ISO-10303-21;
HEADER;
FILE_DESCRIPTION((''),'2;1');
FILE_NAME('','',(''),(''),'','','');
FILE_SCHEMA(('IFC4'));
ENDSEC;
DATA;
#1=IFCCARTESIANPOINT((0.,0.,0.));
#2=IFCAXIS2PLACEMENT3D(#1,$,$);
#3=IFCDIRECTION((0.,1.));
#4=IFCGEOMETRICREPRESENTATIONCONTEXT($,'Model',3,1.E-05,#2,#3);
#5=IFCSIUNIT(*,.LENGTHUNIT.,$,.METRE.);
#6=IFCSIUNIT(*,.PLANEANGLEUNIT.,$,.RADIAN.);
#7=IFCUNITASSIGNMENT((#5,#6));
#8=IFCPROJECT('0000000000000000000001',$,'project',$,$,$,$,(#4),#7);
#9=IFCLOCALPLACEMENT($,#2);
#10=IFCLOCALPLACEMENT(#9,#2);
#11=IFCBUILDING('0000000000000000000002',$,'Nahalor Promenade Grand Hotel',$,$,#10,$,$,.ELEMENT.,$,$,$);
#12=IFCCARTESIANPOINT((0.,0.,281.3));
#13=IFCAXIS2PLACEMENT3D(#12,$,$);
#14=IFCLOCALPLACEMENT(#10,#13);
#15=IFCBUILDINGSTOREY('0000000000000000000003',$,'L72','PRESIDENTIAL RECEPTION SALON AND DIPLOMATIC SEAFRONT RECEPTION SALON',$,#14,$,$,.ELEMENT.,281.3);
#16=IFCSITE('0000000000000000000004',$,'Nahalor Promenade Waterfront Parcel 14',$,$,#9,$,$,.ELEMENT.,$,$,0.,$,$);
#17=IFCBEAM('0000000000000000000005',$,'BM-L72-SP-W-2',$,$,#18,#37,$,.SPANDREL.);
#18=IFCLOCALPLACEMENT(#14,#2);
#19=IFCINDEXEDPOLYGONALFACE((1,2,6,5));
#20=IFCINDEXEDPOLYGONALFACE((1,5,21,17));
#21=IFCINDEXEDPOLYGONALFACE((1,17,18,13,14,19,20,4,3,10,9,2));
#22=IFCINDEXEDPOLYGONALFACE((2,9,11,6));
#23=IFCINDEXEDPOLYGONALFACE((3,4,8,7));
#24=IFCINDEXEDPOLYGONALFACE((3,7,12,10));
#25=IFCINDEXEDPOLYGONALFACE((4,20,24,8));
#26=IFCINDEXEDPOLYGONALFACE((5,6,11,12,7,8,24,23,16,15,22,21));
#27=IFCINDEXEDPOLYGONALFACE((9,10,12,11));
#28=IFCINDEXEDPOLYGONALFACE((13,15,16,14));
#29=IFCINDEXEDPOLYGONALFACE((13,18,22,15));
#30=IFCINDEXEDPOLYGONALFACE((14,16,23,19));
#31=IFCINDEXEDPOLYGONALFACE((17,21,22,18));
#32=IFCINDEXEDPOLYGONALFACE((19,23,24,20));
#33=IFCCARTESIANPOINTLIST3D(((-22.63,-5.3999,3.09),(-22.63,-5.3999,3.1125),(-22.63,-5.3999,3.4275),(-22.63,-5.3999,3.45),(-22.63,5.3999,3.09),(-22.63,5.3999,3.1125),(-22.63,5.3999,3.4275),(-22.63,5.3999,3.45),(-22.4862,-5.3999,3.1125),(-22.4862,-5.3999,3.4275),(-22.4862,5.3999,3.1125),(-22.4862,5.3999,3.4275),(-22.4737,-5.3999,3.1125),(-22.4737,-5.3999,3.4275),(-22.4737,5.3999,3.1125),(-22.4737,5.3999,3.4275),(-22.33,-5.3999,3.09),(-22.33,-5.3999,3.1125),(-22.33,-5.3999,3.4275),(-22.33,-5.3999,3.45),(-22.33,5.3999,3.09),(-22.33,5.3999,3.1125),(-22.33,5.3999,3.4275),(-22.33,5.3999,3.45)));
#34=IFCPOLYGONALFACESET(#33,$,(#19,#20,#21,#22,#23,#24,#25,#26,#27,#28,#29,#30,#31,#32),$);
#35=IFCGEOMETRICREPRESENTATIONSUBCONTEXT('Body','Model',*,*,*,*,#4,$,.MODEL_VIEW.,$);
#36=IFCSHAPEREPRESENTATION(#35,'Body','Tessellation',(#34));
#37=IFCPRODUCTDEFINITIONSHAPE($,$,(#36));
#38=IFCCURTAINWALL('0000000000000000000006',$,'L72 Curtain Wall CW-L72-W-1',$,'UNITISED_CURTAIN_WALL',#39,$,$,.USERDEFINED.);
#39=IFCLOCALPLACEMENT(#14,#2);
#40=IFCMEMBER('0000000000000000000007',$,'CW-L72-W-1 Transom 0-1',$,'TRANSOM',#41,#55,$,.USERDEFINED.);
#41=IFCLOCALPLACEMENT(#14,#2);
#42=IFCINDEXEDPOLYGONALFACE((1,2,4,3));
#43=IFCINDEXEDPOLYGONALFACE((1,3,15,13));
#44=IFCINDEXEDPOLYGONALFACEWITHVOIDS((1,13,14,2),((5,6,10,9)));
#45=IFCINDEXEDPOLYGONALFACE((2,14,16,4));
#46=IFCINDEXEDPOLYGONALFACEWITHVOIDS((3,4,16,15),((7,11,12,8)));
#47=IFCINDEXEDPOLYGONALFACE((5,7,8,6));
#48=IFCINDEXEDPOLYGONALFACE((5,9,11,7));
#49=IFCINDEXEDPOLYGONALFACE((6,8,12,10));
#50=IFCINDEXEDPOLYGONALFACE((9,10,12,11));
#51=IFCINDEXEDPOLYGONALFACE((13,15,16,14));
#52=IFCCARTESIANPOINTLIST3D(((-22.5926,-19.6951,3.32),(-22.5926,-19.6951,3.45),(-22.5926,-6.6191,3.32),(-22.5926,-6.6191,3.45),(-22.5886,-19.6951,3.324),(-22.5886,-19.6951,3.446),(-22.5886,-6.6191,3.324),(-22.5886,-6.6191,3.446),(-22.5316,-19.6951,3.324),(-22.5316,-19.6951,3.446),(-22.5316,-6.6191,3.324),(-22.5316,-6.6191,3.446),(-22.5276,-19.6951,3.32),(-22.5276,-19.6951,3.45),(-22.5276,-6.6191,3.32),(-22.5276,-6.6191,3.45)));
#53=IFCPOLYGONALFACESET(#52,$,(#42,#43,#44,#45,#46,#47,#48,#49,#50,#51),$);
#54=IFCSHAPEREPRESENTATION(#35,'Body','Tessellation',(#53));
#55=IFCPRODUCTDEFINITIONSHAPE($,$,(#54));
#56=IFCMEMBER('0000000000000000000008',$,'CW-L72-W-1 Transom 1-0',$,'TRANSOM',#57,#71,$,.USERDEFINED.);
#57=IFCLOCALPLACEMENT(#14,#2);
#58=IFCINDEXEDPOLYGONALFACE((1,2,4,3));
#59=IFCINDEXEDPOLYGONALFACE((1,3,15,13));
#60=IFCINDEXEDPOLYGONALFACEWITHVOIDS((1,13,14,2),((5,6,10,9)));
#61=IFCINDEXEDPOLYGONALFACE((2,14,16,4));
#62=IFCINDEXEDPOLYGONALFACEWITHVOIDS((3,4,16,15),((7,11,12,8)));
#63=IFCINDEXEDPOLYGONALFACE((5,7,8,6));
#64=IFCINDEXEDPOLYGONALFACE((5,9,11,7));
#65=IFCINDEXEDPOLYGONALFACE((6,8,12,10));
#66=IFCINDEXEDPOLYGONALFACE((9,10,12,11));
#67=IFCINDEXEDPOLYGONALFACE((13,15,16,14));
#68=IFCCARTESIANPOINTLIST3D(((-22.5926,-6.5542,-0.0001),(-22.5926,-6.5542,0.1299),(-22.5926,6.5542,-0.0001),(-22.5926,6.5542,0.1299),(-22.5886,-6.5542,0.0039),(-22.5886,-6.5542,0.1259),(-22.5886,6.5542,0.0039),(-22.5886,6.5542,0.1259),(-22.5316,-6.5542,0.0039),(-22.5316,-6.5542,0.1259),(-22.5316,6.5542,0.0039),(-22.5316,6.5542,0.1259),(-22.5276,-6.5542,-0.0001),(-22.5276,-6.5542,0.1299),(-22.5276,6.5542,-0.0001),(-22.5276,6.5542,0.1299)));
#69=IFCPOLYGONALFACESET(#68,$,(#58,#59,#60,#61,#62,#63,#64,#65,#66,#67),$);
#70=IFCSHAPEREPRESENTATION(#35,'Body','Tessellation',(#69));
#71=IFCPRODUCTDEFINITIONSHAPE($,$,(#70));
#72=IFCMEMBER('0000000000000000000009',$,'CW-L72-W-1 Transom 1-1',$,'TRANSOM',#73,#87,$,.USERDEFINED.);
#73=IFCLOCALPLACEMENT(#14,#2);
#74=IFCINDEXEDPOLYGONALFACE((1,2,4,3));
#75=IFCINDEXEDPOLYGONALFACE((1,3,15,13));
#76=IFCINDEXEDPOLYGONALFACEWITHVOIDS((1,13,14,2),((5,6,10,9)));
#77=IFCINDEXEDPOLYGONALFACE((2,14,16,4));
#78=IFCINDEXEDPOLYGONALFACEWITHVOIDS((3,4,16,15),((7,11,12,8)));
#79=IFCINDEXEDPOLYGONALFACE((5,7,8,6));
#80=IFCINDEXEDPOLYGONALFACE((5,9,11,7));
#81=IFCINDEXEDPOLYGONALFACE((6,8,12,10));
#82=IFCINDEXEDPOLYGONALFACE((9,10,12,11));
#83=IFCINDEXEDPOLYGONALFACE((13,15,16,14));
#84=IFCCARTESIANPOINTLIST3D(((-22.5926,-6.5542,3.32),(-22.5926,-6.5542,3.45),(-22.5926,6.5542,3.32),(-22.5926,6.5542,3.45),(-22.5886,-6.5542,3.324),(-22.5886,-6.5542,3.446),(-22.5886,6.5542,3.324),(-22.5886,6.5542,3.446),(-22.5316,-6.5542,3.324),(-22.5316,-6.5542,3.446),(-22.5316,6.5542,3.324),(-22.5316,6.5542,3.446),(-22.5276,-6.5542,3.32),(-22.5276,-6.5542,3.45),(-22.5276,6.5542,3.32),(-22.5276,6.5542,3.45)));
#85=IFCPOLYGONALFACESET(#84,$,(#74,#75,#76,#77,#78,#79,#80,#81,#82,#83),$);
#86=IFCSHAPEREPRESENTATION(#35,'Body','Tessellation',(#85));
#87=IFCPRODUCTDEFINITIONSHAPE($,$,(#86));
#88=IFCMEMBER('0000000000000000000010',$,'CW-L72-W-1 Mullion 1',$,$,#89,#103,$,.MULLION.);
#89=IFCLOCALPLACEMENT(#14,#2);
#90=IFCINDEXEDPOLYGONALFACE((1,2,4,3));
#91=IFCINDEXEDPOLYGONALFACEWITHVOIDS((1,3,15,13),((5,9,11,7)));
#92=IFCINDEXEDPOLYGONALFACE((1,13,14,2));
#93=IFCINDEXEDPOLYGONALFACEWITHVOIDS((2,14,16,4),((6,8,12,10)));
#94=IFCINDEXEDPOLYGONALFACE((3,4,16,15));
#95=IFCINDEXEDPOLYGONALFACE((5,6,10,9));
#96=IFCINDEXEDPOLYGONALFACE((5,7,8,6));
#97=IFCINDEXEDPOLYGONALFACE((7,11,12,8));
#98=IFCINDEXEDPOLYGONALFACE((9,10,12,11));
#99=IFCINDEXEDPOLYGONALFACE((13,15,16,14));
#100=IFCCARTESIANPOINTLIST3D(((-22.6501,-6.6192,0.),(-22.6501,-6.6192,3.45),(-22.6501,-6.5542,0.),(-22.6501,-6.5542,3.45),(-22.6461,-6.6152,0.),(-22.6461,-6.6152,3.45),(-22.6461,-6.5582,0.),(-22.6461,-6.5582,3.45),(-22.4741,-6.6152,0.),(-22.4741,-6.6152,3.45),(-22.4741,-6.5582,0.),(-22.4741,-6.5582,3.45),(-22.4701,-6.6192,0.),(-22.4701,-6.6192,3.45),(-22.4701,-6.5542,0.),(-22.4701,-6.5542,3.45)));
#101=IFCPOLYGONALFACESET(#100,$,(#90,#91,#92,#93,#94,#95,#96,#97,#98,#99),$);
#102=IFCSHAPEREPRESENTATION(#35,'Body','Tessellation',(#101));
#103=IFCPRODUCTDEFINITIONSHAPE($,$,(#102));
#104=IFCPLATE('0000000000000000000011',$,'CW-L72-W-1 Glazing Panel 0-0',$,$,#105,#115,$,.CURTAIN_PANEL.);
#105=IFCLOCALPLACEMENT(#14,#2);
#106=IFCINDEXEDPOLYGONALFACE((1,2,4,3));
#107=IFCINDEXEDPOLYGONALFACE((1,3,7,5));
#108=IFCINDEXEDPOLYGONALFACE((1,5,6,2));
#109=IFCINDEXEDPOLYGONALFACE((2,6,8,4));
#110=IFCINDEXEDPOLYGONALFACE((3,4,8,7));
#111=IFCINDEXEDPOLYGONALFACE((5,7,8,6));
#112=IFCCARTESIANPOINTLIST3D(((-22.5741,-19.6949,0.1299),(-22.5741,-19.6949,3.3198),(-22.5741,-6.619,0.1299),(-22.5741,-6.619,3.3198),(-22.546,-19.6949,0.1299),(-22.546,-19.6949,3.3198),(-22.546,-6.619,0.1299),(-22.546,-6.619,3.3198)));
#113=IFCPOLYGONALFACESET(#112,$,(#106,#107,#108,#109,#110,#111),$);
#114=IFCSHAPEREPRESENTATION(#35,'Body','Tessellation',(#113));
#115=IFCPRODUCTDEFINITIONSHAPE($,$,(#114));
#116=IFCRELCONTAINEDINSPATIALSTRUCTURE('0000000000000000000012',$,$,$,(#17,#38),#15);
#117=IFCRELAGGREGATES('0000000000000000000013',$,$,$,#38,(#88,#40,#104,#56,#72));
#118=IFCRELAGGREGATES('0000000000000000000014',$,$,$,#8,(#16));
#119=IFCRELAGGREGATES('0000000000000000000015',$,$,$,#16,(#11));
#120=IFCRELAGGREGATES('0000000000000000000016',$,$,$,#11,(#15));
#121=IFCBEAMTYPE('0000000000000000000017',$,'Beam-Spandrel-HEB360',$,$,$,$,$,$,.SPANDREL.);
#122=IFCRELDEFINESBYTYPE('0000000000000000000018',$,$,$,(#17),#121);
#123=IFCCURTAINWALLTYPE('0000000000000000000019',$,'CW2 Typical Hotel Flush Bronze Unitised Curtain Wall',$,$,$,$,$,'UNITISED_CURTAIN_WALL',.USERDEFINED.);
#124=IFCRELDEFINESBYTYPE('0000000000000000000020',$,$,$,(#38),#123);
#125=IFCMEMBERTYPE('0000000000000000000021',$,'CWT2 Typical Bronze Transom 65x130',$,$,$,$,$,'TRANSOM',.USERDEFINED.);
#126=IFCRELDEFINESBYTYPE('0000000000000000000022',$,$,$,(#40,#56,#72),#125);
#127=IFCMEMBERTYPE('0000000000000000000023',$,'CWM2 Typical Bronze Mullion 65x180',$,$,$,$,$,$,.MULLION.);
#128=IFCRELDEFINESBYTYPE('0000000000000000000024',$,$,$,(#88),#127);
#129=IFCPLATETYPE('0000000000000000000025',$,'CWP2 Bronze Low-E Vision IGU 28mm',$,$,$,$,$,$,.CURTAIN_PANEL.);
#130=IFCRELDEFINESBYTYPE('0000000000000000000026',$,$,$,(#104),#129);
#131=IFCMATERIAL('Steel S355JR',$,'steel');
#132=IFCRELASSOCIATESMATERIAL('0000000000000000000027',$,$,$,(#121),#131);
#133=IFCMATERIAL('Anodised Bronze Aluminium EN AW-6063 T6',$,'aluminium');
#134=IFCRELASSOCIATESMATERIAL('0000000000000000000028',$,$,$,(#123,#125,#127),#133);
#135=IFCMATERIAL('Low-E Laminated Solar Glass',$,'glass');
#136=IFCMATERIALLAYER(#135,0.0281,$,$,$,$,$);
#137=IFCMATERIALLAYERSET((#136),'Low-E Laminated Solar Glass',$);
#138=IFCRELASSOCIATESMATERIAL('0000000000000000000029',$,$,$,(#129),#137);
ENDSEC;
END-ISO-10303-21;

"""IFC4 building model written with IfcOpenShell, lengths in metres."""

from ifc_helpers import new_model, si_unit, direction, frame, origin, origin_2d, place, context, subcontext, project, spatial, rectangle, hollow_rectangle, i_section, extrude, source, transform, mapped, material, layer, layer_set, material_profile, profile_set, type_object, element, aggregate, save


model = new_model("IFC4")

# Units and contexts
model_context = context("Model", 3, precision=1e-05, world=origin(), true_north=direction((0.0, 1.0)))
body_context = subcontext(model_context, "Body", "Model", "MODEL_VIEW")
ifc_project = project(units=[si_unit("LENGTHUNIT", "METRE"), si_unit("PLANEANGLEUNIT", "RADIAN")], contexts=[model_context])

# Site, building, storey
site_placement = place(None, origin())
site = spatial("IfcSite", under=ifc_project, at=site_placement, Name="Nahalor Promenade Waterfront Parcel 14", CompositionType="ELEMENT", RefElevation=0.0)
building_placement = place(site_placement, origin())
building = spatial("IfcBuilding", under=site, at=building_placement, Name="Nahalor Promenade Grand Hotel", CompositionType="ELEMENT")
storey_placement = place(building_placement, frame((0.0, 0.0, 281.3)))
storey = spatial("IfcBuildingStorey", under=building, at=storey_placement, Name="L72", Description="PRESIDENTIAL RECEPTION SALON AND DIPLOMATIC SEAFRONT RECEPTION SALON", CompositionType="ELEMENT", Elevation=281.3)

# Shared definitions
ifc_material_1 = material(Name="Steel S355JR", Category="steel")

# Beam
ifc_material_profile_1 = material_profile(ifc_material_1, i_section(OverallWidth=0.3, OverallDepth=0.36, WebThickness=0.0125, FlangeThickness=0.0225, at=origin_2d()), Name="HEB 360")
ifc_profile_set_1 = profile_set([ifc_material_profile_1], Name="Steel S355JR")
beam_type_1 = type_object("IfcBeamType", Name="Beam-Spandrel-HEB360", PredefinedType="SPANDREL", material=ifc_profile_set_1)
shared_shape_1 = source(origin(), body_context, "Body", "SweptSolid", [
    extrude(i_section(OverallWidth=0.3, OverallDepth=0.36, WebThickness=0.0125, FlangeThickness=0.0225, at=origin_2d()), origin(), (0.0, 0.0, 1.0), 10.7998),
])
beam_1_placement = place(storey_placement, frame((-22.48, -5.3999, 3.27), z_axis=(0.0, 1.0, 0.0), x_axis=(-1.0, 0.0, 0.0)))
element("IfcBeam", 1, at=beam_1_placement, inside=storey, type_object=beam_type_1, Name="BM-L72-SP-W-2", PredefinedType="SPANDREL", context=body_context, shape_type="MappedRepresentation", body=[
    mapped(shared_shape_1, transform((0.0, 0.0, 0.0), scale=1.0)),
])

# Curtain wall, members, plate
ifc_material_2 = material(Name="Anodised Bronze Aluminium EN AW-6063 T6", Category="aluminium")
curtain_wall_type = type_object("IfcCurtainWallType", Name="CW2 Typical Hotel Flush Bronze Unitised Curtain Wall", ElementType="UNITISED_CURTAIN_WALL", PredefinedType="USERDEFINED", material=ifc_material_2)
curtain_wall_placement = place(storey_placement, origin())
curtain_wall = element("IfcCurtainWall", 2, at=curtain_wall_placement, inside=storey, type_object=curtain_wall_type, Name="L72 Curtain Wall CW-L72-W-1", ObjectType="UNITISED_CURTAIN_WALL", PredefinedType="USERDEFINED")
ifc_material_profile_2 = material_profile(ifc_material_2, hollow_rectangle(XDim=0.065, YDim=0.13, WallThickness=0.004, at=origin_2d()), Name="CWT 65x130x4")
ifc_profile_set_2 = profile_set([ifc_material_profile_2], Name="Anodised Bronze Aluminium EN AW-6063 T6")
member_type_1 = type_object("IfcMemberType", Name="CWT2 Typical Bronze Transom 65x130", ElementType="TRANSOM", PredefinedType="USERDEFINED", material=ifc_profile_set_2)
shared_shape_2 = source(origin(), body_context, "Body", "SweptSolid", [
    extrude(hollow_rectangle(XDim=0.065, YDim=0.13, WallThickness=0.004, at=origin_2d()), origin(), (0.0, 0.0, 1.0), 13.0759),
])
member_1_placement = place(storey_placement, frame((-22.5601, -19.6951, 3.385), z_axis=(0.0, 1.0, 0.0), x_axis=(-1.0, 0.0, 0.0)))
member_1 = element("IfcMember", 3, at=member_1_placement, type_object=member_type_1, Name="CW-L72-W-1 Transom 0-1", ObjectType="TRANSOM", PredefinedType="USERDEFINED", context=body_context, shape_type="MappedRepresentation", body=[
    mapped(shared_shape_2, transform((0.0, 0.0, 0.0), scale=1.0)),
])
shared_shape_3 = source(origin(), body_context, "Body", "SweptSolid", [
    extrude(hollow_rectangle(XDim=0.065, YDim=0.13, WallThickness=0.004, at=origin_2d()), origin(), (0.0, 0.0, 1.0), 13.1084),
])
member_2_placement = place(storey_placement, frame((-22.5601, -6.5542, 0.0649), z_axis=(0.0, 1.0, 0.0), x_axis=(-1.0, 0.0, 0.0)))
member_2 = element("IfcMember", 4, at=member_2_placement, type_object=member_type_1, Name="CW-L72-W-1 Transom 1-0", ObjectType="TRANSOM", PredefinedType="USERDEFINED", context=body_context, shape_type="MappedRepresentation", body=[
    mapped(shared_shape_3, transform((0.0, 0.0, 0.0), scale=1.0)),
])
member_3_placement = place(storey_placement, frame((-22.5601, -6.5542, 3.385), z_axis=(0.0, 1.0, 0.0), x_axis=(-1.0, 0.0, 0.0)))
member_3 = element("IfcMember", 5, at=member_3_placement, type_object=member_type_1, Name="CW-L72-W-1 Transom 1-1", ObjectType="TRANSOM", PredefinedType="USERDEFINED", context=body_context, shape_type="MappedRepresentation", body=[
    mapped(shared_shape_3, transform((0.0, 0.0, 0.0), scale=1.0)),
])
ifc_material_profile_3 = material_profile(ifc_material_2, hollow_rectangle(XDim=0.065, YDim=0.18, WallThickness=0.004, at=origin_2d()), Name="CWM 65x180x4")
ifc_profile_set_3 = profile_set([ifc_material_profile_3], Name="Anodised Bronze Aluminium EN AW-6063 T6")
member_type_2 = type_object("IfcMemberType", Name="CWM2 Typical Bronze Mullion 65x180", PredefinedType="MULLION", material=ifc_profile_set_3)
shared_shape_4 = source(origin(), body_context, "Body", "SweptSolid", [
    extrude(hollow_rectangle(XDim=0.065, YDim=0.18, WallThickness=0.004, at=origin_2d()), origin(), (0.0, 0.0, 1.0), 3.45),
])
member_4_placement = place(storey_placement, frame((-22.5601, -6.5867, 0.0), z_axis=(0.0, 0.0, 1.0), x_axis=(0.0, 1.0, 0.0)))
member_4 = element("IfcMember", 6, at=member_4_placement, type_object=member_type_2, Name="CW-L72-W-1 Mullion 1", PredefinedType="MULLION", context=body_context, shape_type="MappedRepresentation", body=[
    mapped(shared_shape_4, transform((0.0, 0.0, 0.0), scale=1.0)),
])
ifc_material_3 = material(Name="Low-E Laminated Solar Glass", Category="glass")
ifc_layer = layer(ifc_material_3, 0.0281)
ifc_layer_set = layer_set([ifc_layer], Name="Low-E Laminated Solar Glass")
plate_type = type_object("IfcPlateType", Name="CWP2 Bronze Low-E Vision IGU 28mm", PredefinedType="CURTAIN_PANEL", material=ifc_layer_set)
shared_shape_5 = source(origin(), body_context, "Body", "SweptSolid", [
    extrude(rectangle(XDim=13.0759, YDim=0.0281, at=origin_2d()), origin(), (0.0, 0.0, 1.0), 3.1899),
])
plate_placement = place(storey_placement, frame((-22.5601, -13.157, 0.1299), z_axis=(0.0, 0.0, 1.0), x_axis=(0.0, 1.0, 0.0)))
plate = element("IfcPlate", 7, at=plate_placement, type_object=plate_type, Name="CW-L72-W-1 Glazing Panel 0-0", PredefinedType="CURTAIN_PANEL", context=body_context, shape_type="MappedRepresentation", body=[
    mapped(shared_shape_5, transform((0.0, 0.0, 0.0), scale=1.0)),
])
aggregate(curtain_wall, [member_4, member_1, plate, member_2, member_3])

save(model, "model.ifc")
